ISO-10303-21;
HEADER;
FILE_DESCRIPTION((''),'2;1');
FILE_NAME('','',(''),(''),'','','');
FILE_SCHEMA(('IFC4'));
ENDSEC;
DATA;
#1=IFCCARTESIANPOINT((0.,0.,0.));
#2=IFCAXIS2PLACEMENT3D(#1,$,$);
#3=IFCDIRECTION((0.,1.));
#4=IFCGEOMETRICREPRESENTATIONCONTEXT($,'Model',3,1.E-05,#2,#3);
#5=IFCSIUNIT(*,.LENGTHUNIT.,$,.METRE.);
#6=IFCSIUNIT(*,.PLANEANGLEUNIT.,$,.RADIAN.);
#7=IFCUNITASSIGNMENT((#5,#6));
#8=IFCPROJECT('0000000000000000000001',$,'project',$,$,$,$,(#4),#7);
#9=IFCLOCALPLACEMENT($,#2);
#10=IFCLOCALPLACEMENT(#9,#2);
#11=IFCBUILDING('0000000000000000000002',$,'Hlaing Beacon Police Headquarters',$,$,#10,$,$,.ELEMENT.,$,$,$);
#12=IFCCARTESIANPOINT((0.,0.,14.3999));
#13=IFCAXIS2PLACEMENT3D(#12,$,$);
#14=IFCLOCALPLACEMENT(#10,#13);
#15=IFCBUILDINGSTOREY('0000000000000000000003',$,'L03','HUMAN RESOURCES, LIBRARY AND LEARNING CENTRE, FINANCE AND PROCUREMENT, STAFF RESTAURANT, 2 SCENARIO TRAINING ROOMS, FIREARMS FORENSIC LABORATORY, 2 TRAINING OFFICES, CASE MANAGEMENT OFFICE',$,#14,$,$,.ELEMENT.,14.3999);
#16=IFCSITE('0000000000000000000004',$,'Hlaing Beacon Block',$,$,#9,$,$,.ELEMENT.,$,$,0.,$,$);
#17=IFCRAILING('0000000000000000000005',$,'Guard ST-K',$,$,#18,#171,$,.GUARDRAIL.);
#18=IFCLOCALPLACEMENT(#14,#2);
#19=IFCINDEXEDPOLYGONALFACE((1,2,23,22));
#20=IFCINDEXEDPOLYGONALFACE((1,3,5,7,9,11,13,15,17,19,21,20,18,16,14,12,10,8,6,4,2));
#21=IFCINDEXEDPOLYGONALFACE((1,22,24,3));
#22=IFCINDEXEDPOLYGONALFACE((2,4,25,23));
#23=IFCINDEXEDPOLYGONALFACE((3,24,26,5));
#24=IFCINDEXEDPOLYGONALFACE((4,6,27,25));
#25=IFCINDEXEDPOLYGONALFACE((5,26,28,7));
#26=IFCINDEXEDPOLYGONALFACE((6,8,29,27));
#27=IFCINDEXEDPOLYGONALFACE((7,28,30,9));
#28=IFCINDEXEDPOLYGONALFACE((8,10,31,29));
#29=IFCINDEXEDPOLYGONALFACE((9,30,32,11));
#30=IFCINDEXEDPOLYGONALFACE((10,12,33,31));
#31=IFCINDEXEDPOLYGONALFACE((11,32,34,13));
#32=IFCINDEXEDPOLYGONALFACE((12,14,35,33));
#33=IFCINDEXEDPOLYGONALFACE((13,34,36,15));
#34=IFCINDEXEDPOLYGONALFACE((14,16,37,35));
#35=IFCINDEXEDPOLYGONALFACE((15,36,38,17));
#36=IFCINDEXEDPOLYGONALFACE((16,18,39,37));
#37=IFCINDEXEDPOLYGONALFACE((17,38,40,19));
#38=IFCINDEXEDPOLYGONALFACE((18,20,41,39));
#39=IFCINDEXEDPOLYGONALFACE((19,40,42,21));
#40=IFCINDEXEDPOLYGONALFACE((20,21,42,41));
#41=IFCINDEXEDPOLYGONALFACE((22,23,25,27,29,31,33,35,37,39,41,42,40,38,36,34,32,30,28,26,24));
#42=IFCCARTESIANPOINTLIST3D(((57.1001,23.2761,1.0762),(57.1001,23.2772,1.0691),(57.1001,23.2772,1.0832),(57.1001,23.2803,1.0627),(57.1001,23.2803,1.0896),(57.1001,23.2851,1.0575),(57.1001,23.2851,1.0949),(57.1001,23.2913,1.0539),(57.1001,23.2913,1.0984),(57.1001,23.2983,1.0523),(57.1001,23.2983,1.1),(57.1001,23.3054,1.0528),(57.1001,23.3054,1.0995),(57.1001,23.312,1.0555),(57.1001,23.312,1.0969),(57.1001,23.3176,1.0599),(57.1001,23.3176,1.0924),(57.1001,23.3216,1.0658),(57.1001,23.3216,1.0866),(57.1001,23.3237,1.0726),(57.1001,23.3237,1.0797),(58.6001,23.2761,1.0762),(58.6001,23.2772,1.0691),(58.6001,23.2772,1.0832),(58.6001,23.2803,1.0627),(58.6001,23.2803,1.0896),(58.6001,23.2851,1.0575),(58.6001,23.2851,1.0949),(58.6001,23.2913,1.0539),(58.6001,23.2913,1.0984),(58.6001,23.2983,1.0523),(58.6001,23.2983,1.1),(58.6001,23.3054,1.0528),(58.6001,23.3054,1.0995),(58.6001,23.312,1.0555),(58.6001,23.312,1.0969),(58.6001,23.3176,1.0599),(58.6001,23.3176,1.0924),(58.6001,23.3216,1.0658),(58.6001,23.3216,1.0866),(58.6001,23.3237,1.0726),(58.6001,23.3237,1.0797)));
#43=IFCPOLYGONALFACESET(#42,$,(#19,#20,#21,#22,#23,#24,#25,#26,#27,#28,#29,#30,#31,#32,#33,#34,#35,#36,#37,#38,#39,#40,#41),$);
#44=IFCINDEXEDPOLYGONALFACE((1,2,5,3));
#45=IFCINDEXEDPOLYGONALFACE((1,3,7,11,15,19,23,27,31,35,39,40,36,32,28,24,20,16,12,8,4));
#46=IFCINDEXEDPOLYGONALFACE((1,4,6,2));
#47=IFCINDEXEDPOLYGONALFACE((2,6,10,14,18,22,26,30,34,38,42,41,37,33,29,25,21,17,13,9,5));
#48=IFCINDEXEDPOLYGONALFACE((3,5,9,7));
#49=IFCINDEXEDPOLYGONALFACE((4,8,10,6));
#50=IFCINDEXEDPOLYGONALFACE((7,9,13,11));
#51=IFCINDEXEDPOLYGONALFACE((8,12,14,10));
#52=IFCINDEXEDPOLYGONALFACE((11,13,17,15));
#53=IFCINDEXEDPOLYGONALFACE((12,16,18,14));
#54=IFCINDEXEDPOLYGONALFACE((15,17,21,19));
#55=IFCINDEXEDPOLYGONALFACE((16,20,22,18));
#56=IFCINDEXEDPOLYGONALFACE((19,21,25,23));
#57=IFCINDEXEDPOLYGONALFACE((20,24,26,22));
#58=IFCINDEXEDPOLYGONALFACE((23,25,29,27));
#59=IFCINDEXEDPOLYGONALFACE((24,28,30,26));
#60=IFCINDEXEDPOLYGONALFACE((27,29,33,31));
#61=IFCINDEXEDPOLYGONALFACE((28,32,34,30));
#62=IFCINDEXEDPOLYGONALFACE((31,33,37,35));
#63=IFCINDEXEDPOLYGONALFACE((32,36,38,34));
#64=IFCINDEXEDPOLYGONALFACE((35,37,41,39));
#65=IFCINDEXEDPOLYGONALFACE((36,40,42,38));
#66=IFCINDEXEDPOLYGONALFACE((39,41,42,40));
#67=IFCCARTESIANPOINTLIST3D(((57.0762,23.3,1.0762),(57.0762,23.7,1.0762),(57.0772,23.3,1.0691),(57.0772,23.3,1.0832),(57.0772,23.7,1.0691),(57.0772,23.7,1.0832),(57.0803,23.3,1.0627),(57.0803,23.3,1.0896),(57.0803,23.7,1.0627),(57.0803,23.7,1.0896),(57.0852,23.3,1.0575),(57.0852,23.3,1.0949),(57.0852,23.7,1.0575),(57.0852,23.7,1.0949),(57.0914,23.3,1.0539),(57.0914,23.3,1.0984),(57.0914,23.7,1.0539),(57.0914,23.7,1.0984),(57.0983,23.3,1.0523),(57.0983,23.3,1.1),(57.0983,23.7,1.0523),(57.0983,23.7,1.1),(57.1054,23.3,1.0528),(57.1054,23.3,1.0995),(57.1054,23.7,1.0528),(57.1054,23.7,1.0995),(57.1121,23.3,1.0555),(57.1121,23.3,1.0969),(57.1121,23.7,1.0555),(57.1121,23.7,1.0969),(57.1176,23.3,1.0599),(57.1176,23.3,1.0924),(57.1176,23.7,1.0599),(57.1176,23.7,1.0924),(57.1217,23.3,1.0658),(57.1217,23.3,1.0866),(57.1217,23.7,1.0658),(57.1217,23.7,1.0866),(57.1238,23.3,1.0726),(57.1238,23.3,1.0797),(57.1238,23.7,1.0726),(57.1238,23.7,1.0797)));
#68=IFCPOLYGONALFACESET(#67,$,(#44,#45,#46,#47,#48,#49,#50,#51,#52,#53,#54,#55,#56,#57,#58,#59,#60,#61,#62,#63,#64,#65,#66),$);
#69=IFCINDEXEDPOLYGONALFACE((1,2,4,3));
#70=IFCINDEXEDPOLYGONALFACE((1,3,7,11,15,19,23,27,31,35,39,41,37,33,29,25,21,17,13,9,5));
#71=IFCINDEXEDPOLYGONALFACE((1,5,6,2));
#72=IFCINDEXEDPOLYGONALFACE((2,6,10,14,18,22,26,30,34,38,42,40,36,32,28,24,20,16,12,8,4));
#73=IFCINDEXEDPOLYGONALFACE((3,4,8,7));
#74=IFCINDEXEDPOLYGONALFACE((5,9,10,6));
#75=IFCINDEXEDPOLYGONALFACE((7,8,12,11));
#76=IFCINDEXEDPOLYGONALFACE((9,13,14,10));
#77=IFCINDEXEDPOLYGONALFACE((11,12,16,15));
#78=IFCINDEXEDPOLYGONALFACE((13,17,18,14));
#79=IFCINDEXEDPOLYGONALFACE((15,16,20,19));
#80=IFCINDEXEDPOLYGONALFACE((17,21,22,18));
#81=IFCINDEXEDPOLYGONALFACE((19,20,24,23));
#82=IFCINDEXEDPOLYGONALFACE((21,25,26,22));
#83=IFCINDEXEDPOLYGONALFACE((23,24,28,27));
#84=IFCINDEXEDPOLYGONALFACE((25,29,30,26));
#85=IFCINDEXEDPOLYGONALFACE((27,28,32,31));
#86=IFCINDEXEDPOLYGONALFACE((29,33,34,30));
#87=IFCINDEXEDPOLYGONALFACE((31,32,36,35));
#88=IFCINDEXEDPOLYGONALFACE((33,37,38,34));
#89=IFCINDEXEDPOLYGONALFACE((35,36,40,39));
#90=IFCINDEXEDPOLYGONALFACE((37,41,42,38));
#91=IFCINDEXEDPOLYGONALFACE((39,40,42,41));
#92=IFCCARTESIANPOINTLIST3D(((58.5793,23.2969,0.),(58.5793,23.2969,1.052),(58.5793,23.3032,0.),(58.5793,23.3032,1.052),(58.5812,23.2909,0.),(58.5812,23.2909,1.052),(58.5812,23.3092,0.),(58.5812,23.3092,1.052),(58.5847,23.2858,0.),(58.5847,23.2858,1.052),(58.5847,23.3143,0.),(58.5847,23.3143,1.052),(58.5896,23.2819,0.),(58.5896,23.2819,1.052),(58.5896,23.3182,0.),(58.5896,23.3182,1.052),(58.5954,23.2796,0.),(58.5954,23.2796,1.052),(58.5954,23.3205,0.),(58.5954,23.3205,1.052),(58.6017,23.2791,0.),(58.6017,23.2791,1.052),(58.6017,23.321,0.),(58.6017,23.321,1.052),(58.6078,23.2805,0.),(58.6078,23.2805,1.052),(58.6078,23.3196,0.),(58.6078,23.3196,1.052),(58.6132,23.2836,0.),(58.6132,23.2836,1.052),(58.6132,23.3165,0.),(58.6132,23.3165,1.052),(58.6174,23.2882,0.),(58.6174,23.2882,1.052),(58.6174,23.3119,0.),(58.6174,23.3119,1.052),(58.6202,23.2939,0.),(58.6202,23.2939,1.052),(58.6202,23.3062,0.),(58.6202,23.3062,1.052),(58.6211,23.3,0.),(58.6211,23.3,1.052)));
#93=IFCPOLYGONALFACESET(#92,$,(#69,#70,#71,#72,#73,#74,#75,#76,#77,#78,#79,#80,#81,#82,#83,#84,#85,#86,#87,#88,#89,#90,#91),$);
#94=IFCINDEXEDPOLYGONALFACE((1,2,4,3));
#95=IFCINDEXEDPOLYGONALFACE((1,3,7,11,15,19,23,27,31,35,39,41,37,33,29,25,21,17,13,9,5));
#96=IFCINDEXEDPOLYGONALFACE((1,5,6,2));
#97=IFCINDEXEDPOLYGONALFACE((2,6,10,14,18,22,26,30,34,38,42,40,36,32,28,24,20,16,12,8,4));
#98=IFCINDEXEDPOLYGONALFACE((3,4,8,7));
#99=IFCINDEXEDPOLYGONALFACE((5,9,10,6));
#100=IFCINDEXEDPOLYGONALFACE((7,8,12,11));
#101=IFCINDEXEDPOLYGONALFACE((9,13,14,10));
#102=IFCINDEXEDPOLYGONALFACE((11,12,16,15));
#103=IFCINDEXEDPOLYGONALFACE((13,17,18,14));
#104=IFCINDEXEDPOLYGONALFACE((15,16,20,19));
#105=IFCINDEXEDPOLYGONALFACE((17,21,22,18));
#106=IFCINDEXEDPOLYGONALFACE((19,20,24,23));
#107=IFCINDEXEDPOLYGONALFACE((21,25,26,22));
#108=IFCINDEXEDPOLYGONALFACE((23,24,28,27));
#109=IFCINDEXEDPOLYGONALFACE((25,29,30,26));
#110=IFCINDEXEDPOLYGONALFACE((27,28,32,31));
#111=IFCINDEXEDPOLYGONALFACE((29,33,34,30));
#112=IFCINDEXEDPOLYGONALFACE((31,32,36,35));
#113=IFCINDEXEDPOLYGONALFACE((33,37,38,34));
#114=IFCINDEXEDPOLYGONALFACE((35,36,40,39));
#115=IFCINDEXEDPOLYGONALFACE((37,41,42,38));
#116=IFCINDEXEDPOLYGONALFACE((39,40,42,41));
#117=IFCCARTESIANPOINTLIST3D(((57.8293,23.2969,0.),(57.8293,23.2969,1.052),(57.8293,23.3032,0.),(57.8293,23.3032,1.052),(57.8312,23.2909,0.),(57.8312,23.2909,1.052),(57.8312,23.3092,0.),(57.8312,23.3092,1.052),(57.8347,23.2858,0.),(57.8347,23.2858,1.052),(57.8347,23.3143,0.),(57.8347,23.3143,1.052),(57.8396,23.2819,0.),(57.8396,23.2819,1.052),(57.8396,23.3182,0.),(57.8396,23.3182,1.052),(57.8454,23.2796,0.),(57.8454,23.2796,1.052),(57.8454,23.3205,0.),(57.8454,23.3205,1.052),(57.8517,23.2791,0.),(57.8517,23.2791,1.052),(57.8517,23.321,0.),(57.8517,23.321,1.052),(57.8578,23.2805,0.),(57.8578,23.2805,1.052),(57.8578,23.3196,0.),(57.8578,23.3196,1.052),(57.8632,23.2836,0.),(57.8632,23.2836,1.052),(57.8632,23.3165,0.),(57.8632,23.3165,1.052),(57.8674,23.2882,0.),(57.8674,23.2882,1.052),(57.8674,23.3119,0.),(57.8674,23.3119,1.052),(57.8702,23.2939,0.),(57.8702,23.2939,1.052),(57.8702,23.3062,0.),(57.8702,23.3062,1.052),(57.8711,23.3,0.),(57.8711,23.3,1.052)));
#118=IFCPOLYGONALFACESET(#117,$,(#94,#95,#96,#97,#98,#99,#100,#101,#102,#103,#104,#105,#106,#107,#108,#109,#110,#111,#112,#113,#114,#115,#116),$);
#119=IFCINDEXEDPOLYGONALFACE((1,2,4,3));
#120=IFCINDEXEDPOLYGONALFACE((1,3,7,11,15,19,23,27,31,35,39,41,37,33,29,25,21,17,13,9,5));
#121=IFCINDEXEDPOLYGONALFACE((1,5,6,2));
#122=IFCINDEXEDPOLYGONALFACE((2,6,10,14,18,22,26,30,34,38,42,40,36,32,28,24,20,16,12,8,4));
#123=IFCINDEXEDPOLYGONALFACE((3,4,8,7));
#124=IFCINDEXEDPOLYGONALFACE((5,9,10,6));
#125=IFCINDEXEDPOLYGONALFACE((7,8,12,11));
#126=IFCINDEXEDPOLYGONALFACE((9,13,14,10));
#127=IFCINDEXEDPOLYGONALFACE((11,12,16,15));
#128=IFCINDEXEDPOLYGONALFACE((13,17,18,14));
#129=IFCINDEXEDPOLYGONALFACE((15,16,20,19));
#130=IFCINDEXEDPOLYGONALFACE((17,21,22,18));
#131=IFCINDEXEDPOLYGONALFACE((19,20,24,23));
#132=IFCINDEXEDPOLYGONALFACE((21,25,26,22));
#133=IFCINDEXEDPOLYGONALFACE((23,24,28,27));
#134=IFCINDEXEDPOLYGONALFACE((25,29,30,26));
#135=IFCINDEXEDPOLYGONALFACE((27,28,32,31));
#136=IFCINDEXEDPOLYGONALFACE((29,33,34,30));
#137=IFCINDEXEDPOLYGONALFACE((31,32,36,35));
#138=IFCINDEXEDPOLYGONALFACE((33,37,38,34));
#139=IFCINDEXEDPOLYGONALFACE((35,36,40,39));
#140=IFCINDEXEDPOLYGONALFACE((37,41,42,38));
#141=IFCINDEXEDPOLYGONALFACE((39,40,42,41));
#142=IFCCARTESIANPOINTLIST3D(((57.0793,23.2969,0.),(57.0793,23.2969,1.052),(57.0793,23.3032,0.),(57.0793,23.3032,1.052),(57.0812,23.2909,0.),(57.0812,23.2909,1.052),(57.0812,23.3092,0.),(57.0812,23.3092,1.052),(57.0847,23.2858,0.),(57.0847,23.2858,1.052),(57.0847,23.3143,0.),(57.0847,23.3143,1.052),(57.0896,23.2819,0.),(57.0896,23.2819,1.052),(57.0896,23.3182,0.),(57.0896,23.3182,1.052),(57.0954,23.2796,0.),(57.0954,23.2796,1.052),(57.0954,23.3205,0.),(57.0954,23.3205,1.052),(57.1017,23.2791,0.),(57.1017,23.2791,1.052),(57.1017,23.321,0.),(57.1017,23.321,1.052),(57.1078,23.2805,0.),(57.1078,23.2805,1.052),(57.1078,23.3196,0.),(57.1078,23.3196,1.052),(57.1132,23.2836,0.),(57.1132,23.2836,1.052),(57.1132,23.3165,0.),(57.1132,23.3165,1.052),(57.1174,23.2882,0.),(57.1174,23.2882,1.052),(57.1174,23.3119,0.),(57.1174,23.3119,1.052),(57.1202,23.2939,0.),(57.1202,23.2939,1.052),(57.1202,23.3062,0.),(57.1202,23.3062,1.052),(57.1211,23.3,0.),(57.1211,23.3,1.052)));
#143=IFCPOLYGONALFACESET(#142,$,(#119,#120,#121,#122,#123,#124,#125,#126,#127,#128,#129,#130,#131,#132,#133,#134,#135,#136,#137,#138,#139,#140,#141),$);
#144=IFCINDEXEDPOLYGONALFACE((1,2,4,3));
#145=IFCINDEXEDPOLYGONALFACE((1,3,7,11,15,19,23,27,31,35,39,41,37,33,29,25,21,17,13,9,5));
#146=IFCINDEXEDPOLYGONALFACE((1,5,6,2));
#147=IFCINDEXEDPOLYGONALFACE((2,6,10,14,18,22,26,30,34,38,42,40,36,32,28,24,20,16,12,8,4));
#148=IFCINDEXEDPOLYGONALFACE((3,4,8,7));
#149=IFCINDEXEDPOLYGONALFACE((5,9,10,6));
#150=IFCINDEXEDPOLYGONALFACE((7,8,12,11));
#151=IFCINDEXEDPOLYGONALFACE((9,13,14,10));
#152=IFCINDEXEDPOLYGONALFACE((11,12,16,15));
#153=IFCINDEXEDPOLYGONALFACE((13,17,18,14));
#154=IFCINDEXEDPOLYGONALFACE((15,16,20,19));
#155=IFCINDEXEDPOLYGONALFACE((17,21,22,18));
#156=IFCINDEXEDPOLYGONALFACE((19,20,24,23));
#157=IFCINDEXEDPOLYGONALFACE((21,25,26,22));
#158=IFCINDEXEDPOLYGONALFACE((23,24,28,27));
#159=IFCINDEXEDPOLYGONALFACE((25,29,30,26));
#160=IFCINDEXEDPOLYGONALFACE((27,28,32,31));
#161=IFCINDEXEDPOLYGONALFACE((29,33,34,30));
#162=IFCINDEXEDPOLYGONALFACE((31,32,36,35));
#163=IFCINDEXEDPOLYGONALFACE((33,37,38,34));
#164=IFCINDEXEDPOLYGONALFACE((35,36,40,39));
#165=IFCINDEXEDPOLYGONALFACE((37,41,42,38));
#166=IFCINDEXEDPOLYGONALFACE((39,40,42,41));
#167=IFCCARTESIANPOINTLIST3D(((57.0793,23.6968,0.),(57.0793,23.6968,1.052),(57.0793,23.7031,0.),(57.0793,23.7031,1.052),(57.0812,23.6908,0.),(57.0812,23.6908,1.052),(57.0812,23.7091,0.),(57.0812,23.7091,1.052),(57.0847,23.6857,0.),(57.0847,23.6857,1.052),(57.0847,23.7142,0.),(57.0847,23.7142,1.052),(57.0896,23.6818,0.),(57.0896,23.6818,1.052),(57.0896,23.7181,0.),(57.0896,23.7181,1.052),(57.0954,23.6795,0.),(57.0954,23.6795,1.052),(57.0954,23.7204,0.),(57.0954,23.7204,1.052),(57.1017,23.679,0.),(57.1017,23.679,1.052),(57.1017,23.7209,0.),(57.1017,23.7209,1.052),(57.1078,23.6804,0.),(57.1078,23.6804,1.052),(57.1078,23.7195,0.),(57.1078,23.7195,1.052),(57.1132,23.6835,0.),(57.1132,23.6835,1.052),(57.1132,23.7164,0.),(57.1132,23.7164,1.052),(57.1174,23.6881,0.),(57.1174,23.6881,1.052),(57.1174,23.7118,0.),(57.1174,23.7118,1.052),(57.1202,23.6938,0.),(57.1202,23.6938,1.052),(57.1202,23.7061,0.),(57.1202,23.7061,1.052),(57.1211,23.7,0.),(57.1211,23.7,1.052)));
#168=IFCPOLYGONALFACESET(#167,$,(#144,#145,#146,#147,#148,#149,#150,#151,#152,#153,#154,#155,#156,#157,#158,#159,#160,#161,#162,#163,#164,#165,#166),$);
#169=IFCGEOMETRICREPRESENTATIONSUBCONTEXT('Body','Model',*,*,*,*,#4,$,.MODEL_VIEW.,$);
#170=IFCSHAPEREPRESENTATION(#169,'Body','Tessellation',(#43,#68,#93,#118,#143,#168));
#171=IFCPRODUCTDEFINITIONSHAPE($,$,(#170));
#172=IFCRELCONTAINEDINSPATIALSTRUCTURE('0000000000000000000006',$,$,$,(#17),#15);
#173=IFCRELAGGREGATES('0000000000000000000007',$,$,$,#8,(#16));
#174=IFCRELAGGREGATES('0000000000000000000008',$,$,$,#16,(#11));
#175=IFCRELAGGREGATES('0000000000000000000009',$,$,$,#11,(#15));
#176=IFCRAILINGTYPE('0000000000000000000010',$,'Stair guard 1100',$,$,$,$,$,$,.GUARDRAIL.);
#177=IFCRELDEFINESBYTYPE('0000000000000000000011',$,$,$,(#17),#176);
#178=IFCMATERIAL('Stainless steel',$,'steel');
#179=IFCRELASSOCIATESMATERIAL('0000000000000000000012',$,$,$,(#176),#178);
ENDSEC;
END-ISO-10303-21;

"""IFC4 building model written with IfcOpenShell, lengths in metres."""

from ifc_helpers import new_model, si_unit, direction, frame, origin, origin_2d, place, context, subcontext, project, spatial, circle, extrude, material, type_object, element, save


model = new_model("IFC4")

# Units and contexts
model_context = context("Model", 3, precision=1e-05, world=origin(), true_north=direction((0.0, 1.0)))
body_context = subcontext(model_context, "Body", "Model", "MODEL_VIEW")
ifc_project = project(units=[si_unit("LENGTHUNIT", "METRE"), si_unit("PLANEANGLEUNIT", "RADIAN")], contexts=[model_context])

# Site, building, storey
site_placement = place(None, origin())
site = spatial("IfcSite", under=ifc_project, at=site_placement, Name="Hlaing Beacon Block", CompositionType="ELEMENT", RefElevation=0.0)
building_placement = place(site_placement, origin())
building = spatial("IfcBuilding", under=site, at=building_placement, Name="Hlaing Beacon Police Headquarters", CompositionType="ELEMENT")
storey_placement = place(building_placement, frame((0.0, 0.0, 14.3999)))
storey = spatial("IfcBuildingStorey", under=building, at=storey_placement, Name="L03", Description="HUMAN RESOURCES, LIBRARY AND LEARNING CENTRE, FINANCE AND PROCUREMENT, STAFF RESTAURANT, 2 SCENARIO TRAINING ROOMS, FIREARMS FORENSIC LABORATORY, 2 TRAINING OFFICES, CASE MANAGEMENT OFFICE", CompositionType="ELEMENT", Elevation=14.3999)

# Railing
ifc_material_1 = material(Name="Stainless steel", Category="steel")
railing_type = type_object("IfcRailingType", Name="Stair guard 1100", PredefinedType="GUARDRAIL", material=ifc_material_1)
railing_placement = place(storey_placement, frame((58.6001, 23.3, 0.0)))
element("IfcRailing", 1, at=railing_placement, inside=storey, type_object=railing_type, Name="Guard ST-K", PredefinedType="GUARDRAIL", context=body_context, shape_type="SweptSolid", body=[
    extrude(circle(Radius=0.0239, at=origin_2d()), frame((0.0, 0.0, 1.0762), z_axis=(-1.0, 0.0, 0.0), x_axis=(0.0, -1.0, 0.0)), (0.0, 0.0, 1.0), 1.5),
    extrude(circle(Radius=0.0239, at=origin_2d()), frame((-1.5, 0.0, 1.0762), z_axis=(0.0, 1.0, 0.0), x_axis=(-1.0, 0.0, 0.0)), (0.0, 0.0, 1.0), 0.3999),
    extrude(circle(Radius=0.021, at=origin_2d()), origin(), (0.0, 0.0, 1.0), 1.052),
    extrude(circle(Radius=0.021, at=origin_2d()), frame((-0.75, 0.0, 0.0)), (0.0, 0.0, 1.0), 1.052),
    extrude(circle(Radius=0.021, at=origin_2d()), frame((-1.5, 0.0, 0.0)), (0.0, 0.0, 1.0), 1.052),
    extrude(circle(Radius=0.021, at=origin_2d()), frame((-1.5, 0.3999, 0.0)), (0.0, 0.0, 1.0), 1.052),
])

save(model, "model.ifc")
